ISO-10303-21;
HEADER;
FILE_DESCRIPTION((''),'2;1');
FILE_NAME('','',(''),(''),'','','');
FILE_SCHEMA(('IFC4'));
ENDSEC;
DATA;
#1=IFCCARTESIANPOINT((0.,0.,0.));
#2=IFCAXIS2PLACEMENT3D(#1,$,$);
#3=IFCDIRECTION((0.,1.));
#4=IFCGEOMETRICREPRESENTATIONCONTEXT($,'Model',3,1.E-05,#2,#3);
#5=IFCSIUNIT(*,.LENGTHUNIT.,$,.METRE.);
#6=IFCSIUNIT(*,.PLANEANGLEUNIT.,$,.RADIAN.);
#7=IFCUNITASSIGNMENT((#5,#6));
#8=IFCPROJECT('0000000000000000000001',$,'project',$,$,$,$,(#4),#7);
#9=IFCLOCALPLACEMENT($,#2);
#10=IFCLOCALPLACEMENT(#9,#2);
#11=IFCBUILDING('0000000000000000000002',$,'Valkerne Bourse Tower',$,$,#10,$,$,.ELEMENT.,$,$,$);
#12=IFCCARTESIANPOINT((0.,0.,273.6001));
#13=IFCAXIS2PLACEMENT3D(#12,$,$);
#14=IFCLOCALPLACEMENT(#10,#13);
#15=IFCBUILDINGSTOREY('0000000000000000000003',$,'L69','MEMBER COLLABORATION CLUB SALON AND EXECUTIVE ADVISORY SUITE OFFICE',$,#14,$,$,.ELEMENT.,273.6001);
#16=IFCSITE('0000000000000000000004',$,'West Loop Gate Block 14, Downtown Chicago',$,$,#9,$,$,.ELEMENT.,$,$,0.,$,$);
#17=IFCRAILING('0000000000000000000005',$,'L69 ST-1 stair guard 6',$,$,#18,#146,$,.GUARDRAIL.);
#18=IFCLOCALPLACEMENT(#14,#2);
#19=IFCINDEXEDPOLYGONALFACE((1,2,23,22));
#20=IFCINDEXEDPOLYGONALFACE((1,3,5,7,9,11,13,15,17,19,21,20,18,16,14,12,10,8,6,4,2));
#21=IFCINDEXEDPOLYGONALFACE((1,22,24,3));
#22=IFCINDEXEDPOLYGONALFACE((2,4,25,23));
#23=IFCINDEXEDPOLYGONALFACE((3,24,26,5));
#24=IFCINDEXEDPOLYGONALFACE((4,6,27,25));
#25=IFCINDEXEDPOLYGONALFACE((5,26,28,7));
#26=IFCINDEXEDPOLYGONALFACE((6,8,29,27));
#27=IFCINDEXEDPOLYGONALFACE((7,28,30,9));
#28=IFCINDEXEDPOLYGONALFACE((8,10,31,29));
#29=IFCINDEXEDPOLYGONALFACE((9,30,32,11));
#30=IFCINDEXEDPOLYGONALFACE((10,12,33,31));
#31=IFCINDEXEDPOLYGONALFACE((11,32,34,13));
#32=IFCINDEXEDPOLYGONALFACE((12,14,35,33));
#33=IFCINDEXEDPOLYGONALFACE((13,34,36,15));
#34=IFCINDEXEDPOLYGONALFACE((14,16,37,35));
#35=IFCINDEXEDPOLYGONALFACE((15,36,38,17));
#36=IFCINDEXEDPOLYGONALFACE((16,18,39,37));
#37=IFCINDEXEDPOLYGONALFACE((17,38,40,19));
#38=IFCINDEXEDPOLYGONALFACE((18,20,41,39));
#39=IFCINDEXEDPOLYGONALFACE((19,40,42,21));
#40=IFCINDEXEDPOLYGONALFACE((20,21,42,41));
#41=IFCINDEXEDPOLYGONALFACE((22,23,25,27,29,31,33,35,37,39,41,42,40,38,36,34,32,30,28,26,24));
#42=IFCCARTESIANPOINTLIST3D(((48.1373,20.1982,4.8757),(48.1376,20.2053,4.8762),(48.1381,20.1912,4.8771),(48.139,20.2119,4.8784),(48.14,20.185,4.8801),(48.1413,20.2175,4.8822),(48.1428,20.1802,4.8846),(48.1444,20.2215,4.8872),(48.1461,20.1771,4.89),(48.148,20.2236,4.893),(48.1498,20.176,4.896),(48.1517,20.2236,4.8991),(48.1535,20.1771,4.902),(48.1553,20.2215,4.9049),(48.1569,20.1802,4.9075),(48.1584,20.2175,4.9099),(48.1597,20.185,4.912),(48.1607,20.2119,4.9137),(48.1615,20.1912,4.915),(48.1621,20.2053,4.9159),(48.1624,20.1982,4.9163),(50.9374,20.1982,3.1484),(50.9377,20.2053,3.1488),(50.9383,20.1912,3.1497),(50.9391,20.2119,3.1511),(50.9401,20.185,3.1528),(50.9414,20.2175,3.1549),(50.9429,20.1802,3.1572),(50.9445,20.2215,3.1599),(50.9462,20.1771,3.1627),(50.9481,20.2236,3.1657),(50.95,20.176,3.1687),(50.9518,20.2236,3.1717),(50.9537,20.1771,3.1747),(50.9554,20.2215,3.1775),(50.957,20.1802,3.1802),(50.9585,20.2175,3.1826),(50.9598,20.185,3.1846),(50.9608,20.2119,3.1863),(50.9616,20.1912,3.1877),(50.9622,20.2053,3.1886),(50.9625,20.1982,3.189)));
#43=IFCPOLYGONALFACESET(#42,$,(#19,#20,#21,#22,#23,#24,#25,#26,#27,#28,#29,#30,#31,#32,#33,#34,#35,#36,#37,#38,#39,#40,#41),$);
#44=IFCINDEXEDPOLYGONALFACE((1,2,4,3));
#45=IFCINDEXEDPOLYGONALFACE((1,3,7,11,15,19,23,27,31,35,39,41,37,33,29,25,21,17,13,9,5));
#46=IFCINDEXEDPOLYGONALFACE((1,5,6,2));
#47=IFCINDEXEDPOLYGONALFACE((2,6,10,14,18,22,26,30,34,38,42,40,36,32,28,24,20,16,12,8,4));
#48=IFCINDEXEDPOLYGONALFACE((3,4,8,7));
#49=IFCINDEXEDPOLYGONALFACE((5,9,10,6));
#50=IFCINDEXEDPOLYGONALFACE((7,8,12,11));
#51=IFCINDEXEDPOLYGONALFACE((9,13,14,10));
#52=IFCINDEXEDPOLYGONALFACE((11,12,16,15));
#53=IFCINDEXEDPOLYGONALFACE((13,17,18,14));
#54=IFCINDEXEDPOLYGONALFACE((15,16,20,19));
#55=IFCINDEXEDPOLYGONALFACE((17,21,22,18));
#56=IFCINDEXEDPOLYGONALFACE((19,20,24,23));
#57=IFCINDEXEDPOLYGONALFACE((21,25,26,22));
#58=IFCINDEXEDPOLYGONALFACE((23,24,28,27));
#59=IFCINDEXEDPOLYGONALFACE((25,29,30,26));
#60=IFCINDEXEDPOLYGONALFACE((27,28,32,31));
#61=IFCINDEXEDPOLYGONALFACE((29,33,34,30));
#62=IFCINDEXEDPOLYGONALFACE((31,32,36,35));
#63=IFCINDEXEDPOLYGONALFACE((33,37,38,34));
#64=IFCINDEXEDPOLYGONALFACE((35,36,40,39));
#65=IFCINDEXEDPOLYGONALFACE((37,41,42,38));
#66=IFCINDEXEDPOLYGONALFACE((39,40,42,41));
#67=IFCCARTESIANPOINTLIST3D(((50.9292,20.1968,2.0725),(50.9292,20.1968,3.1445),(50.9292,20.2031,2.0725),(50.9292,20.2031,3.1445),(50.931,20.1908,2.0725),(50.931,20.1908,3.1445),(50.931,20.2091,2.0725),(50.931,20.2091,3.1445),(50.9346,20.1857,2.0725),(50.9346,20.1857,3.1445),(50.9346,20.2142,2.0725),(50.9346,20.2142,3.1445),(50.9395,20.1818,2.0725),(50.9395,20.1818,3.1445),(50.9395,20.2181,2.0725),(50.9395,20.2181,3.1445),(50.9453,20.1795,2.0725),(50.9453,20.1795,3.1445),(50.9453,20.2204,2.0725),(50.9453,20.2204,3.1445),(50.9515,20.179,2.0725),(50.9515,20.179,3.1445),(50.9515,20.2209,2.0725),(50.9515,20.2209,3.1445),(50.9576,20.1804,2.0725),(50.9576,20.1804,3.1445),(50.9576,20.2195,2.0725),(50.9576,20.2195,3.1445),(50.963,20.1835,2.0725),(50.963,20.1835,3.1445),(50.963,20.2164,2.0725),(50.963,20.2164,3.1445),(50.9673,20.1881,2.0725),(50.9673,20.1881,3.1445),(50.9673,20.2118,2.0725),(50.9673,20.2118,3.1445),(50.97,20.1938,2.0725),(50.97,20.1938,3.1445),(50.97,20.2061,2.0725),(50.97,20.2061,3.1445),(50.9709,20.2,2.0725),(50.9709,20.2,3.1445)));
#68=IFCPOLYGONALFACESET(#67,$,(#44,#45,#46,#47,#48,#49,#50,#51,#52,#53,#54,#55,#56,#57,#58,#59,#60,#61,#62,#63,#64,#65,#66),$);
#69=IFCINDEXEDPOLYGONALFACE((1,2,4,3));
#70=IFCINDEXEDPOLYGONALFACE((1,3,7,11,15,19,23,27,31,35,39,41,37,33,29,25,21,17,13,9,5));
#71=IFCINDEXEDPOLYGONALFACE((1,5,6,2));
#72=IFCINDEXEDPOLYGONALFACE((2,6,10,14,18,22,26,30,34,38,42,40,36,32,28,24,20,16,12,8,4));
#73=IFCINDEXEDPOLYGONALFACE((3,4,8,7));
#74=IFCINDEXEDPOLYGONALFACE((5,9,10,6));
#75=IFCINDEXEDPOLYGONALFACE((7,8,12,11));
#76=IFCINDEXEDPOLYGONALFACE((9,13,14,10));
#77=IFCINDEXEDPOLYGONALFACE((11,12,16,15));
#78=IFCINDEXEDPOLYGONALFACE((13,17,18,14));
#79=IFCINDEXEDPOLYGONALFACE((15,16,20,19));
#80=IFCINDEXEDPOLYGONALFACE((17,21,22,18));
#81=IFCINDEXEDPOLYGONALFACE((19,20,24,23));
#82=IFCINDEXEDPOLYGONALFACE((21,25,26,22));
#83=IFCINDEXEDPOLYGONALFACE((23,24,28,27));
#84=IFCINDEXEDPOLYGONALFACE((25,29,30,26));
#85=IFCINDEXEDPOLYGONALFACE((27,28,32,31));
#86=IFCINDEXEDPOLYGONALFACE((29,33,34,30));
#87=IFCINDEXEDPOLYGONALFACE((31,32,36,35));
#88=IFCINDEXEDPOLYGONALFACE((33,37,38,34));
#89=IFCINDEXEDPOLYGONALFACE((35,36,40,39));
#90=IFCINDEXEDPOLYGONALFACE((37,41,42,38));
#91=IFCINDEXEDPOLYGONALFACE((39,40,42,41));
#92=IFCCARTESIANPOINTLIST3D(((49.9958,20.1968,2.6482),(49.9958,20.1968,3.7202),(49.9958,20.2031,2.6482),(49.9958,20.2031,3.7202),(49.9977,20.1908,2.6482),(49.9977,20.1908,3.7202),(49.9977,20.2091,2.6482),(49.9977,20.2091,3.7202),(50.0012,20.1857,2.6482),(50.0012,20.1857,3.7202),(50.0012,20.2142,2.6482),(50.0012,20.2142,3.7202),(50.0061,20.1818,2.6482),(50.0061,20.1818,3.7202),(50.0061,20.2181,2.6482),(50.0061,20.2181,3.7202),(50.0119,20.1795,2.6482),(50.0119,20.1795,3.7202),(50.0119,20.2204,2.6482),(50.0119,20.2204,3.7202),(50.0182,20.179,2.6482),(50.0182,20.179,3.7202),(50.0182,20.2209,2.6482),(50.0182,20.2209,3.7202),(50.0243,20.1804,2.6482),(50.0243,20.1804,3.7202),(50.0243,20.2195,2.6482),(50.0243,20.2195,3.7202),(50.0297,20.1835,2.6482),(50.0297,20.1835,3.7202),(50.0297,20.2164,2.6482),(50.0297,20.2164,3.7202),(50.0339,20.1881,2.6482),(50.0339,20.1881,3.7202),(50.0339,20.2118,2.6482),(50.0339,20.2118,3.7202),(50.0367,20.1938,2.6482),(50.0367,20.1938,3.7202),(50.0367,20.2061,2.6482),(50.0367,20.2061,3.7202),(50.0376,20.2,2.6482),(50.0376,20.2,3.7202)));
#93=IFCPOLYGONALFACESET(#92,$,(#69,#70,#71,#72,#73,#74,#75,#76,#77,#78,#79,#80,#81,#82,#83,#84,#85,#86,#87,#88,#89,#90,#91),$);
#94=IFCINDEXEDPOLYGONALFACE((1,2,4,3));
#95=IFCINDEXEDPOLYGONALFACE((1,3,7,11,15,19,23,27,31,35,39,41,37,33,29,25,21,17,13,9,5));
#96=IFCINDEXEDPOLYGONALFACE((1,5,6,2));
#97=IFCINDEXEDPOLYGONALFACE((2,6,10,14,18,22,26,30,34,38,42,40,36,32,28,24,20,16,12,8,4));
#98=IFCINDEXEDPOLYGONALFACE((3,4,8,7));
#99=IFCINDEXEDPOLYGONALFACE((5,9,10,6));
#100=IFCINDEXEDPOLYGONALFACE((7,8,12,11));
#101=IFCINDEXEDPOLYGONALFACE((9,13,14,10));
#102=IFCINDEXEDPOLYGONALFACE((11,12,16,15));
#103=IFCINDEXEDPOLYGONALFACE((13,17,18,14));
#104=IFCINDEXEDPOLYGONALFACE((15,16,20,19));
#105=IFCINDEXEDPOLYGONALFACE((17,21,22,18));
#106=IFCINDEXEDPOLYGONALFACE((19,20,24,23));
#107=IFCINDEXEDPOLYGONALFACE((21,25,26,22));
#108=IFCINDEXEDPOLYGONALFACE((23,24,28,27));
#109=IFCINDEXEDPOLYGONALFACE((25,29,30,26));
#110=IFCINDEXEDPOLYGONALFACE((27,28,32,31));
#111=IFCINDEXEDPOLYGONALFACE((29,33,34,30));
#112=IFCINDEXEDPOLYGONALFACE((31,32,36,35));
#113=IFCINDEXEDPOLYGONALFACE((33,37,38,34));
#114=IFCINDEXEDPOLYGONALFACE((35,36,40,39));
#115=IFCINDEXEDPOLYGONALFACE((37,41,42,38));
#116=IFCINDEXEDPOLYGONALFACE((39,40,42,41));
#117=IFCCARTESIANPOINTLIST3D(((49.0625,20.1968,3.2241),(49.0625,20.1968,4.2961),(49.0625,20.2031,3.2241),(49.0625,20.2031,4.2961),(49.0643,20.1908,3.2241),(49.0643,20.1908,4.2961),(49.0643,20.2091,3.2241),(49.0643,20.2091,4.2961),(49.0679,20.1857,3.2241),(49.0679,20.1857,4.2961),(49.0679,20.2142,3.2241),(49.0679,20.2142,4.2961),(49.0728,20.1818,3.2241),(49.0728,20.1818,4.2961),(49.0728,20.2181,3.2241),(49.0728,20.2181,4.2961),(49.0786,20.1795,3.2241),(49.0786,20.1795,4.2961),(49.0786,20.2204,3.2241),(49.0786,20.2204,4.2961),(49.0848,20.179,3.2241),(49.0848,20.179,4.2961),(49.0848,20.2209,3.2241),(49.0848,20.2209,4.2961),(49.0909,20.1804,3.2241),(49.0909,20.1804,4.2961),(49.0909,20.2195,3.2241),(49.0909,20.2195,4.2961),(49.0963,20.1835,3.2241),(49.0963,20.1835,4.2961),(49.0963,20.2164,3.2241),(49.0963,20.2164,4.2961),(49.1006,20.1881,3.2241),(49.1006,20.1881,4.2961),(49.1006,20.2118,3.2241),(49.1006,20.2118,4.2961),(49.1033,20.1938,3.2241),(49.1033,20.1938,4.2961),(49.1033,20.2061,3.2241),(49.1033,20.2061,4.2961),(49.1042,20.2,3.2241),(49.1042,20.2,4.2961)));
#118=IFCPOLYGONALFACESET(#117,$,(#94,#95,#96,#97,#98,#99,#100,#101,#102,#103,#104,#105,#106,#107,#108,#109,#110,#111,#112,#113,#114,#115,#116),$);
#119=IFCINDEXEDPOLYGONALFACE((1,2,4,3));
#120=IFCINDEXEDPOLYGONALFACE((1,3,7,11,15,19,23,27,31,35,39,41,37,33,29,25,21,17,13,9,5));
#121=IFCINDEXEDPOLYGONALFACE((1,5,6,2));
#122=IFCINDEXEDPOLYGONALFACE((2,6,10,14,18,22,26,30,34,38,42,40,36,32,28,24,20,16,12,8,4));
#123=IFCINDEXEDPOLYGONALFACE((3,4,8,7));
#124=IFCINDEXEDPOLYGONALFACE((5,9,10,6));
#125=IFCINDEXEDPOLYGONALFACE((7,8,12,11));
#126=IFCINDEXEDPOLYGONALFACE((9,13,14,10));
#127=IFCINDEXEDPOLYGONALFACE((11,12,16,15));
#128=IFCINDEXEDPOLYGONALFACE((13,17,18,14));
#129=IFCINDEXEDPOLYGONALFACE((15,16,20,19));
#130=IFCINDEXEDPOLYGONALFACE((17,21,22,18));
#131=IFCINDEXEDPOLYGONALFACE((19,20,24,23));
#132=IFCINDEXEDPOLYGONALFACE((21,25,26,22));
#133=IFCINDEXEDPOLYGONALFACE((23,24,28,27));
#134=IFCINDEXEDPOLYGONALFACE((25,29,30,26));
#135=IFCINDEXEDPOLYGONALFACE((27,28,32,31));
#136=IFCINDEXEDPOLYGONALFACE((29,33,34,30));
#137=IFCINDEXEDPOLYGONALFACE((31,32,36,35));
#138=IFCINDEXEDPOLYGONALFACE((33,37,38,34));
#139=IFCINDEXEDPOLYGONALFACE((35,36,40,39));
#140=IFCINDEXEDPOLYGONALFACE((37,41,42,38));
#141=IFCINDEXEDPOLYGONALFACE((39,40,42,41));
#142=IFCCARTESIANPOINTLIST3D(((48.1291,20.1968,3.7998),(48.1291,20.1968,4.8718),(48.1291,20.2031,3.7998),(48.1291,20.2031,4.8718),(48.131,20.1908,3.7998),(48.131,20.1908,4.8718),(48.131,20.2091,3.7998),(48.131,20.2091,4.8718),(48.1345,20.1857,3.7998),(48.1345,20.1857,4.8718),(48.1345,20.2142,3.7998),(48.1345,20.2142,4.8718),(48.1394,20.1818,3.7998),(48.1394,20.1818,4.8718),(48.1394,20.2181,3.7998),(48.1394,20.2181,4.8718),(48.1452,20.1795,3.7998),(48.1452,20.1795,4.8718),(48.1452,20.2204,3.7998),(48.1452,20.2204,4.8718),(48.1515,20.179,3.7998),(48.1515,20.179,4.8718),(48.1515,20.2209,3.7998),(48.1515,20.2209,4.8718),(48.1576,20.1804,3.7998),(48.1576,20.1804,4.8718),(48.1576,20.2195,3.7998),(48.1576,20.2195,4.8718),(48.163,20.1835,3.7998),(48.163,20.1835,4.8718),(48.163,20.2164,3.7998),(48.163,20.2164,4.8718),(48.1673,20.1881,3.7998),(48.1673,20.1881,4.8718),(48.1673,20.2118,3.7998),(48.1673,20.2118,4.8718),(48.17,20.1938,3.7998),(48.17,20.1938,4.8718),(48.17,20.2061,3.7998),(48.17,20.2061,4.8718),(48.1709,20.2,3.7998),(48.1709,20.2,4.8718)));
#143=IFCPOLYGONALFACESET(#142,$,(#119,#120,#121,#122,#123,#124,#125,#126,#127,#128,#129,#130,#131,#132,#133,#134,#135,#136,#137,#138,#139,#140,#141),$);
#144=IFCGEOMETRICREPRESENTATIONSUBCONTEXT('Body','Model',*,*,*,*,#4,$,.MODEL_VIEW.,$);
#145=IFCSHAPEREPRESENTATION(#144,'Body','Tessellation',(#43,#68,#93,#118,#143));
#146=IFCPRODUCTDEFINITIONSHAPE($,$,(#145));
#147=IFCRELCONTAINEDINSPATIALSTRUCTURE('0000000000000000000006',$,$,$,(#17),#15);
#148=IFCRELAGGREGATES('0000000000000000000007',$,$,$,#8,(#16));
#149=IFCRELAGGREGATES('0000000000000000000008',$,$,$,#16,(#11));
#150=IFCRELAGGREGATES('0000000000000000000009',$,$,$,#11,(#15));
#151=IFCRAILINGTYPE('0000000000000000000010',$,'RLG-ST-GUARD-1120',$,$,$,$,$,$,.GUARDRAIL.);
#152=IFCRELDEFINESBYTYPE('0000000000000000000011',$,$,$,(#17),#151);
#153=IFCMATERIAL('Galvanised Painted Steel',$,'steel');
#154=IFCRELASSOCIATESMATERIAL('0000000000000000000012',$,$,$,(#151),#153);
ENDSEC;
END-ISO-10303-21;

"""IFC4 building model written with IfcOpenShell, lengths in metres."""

from ifc_helpers import new_model, si_unit, direction, frame, origin, origin_2d, place, context, subcontext, project, spatial, circle, extrude, material, type_object, element, save


model = new_model("IFC4")

# Units and contexts
model_context = context("Model", 3, precision=1e-05, world=origin(), true_north=direction((0.0, 1.0)))
body_context = subcontext(model_context, "Body", "Model", "MODEL_VIEW")
ifc_project = project(units=[si_unit("LENGTHUNIT", "METRE"), si_unit("PLANEANGLEUNIT", "RADIAN")], contexts=[model_context])

# Site, building, storey
site_placement = place(None, origin())
site = spatial("IfcSite", under=ifc_project, at=site_placement, Name="West Loop Gate Block 14, Downtown Chicago", CompositionType="ELEMENT", RefElevation=0.0)
building_placement = place(site_placement, origin())
building = spatial("IfcBuilding", under=site, at=building_placement, Name="Valkerne Bourse Tower", CompositionType="ELEMENT")
storey_placement = place(building_placement, frame((0.0, 0.0, 273.6001)))
storey = spatial("IfcBuildingStorey", under=building, at=storey_placement, Name="L69", Description="MEMBER COLLABORATION CLUB SALON AND EXECUTIVE ADVISORY SUITE OFFICE", CompositionType="ELEMENT", Elevation=273.6001)

# Shared definitions
ifc_material_1 = material(Name="Galvanised Painted Steel", Category="steel")

# Railing
railing_type_1 = type_object("IfcRailingType", Name="RLG-ST-GUARD-1120", PredefinedType="GUARDRAIL", material=ifc_material_1)
railing_1_placement = place(storey_placement, frame((50.95, 20.2, 2.0725)))
element("IfcRailing", 1, at=railing_1_placement, inside=storey, type_object=railing_type_1, Name="L69 ST-1 stair guard 6", PredefinedType="GUARDRAIL", context=body_context, shape_type="SweptSolid", body=[
    extrude(circle(Radius=0.0239, at=origin_2d()), frame((0.0, 0.0, 1.0962), z_axis=(-0.85109, 0.0, 0.52502), x_axis=(0.0, -1.0, 0.0)), (0.0, 0.0, 1.0), 3.29),
    extrude(circle(Radius=0.021, at=origin_2d()), origin(), (0.0, 0.0, 1.0), 1.072),
    extrude(circle(Radius=0.021, at=origin_2d()), frame((-0.9333, 0.0, 0.5757)), (0.0, 0.0, 1.0), 1.072),
    extrude(circle(Radius=0.021, at=origin_2d()), frame((-1.8667, 0.0, 1.1516)), (0.0, 0.0, 1.0), 1.072),
    extrude(circle(Radius=0.021, at=origin_2d()), frame((-2.8, 0.0, 1.7273)), (0.0, 0.0, 1.0), 1.072),
])

save(model, "model.ifc")
